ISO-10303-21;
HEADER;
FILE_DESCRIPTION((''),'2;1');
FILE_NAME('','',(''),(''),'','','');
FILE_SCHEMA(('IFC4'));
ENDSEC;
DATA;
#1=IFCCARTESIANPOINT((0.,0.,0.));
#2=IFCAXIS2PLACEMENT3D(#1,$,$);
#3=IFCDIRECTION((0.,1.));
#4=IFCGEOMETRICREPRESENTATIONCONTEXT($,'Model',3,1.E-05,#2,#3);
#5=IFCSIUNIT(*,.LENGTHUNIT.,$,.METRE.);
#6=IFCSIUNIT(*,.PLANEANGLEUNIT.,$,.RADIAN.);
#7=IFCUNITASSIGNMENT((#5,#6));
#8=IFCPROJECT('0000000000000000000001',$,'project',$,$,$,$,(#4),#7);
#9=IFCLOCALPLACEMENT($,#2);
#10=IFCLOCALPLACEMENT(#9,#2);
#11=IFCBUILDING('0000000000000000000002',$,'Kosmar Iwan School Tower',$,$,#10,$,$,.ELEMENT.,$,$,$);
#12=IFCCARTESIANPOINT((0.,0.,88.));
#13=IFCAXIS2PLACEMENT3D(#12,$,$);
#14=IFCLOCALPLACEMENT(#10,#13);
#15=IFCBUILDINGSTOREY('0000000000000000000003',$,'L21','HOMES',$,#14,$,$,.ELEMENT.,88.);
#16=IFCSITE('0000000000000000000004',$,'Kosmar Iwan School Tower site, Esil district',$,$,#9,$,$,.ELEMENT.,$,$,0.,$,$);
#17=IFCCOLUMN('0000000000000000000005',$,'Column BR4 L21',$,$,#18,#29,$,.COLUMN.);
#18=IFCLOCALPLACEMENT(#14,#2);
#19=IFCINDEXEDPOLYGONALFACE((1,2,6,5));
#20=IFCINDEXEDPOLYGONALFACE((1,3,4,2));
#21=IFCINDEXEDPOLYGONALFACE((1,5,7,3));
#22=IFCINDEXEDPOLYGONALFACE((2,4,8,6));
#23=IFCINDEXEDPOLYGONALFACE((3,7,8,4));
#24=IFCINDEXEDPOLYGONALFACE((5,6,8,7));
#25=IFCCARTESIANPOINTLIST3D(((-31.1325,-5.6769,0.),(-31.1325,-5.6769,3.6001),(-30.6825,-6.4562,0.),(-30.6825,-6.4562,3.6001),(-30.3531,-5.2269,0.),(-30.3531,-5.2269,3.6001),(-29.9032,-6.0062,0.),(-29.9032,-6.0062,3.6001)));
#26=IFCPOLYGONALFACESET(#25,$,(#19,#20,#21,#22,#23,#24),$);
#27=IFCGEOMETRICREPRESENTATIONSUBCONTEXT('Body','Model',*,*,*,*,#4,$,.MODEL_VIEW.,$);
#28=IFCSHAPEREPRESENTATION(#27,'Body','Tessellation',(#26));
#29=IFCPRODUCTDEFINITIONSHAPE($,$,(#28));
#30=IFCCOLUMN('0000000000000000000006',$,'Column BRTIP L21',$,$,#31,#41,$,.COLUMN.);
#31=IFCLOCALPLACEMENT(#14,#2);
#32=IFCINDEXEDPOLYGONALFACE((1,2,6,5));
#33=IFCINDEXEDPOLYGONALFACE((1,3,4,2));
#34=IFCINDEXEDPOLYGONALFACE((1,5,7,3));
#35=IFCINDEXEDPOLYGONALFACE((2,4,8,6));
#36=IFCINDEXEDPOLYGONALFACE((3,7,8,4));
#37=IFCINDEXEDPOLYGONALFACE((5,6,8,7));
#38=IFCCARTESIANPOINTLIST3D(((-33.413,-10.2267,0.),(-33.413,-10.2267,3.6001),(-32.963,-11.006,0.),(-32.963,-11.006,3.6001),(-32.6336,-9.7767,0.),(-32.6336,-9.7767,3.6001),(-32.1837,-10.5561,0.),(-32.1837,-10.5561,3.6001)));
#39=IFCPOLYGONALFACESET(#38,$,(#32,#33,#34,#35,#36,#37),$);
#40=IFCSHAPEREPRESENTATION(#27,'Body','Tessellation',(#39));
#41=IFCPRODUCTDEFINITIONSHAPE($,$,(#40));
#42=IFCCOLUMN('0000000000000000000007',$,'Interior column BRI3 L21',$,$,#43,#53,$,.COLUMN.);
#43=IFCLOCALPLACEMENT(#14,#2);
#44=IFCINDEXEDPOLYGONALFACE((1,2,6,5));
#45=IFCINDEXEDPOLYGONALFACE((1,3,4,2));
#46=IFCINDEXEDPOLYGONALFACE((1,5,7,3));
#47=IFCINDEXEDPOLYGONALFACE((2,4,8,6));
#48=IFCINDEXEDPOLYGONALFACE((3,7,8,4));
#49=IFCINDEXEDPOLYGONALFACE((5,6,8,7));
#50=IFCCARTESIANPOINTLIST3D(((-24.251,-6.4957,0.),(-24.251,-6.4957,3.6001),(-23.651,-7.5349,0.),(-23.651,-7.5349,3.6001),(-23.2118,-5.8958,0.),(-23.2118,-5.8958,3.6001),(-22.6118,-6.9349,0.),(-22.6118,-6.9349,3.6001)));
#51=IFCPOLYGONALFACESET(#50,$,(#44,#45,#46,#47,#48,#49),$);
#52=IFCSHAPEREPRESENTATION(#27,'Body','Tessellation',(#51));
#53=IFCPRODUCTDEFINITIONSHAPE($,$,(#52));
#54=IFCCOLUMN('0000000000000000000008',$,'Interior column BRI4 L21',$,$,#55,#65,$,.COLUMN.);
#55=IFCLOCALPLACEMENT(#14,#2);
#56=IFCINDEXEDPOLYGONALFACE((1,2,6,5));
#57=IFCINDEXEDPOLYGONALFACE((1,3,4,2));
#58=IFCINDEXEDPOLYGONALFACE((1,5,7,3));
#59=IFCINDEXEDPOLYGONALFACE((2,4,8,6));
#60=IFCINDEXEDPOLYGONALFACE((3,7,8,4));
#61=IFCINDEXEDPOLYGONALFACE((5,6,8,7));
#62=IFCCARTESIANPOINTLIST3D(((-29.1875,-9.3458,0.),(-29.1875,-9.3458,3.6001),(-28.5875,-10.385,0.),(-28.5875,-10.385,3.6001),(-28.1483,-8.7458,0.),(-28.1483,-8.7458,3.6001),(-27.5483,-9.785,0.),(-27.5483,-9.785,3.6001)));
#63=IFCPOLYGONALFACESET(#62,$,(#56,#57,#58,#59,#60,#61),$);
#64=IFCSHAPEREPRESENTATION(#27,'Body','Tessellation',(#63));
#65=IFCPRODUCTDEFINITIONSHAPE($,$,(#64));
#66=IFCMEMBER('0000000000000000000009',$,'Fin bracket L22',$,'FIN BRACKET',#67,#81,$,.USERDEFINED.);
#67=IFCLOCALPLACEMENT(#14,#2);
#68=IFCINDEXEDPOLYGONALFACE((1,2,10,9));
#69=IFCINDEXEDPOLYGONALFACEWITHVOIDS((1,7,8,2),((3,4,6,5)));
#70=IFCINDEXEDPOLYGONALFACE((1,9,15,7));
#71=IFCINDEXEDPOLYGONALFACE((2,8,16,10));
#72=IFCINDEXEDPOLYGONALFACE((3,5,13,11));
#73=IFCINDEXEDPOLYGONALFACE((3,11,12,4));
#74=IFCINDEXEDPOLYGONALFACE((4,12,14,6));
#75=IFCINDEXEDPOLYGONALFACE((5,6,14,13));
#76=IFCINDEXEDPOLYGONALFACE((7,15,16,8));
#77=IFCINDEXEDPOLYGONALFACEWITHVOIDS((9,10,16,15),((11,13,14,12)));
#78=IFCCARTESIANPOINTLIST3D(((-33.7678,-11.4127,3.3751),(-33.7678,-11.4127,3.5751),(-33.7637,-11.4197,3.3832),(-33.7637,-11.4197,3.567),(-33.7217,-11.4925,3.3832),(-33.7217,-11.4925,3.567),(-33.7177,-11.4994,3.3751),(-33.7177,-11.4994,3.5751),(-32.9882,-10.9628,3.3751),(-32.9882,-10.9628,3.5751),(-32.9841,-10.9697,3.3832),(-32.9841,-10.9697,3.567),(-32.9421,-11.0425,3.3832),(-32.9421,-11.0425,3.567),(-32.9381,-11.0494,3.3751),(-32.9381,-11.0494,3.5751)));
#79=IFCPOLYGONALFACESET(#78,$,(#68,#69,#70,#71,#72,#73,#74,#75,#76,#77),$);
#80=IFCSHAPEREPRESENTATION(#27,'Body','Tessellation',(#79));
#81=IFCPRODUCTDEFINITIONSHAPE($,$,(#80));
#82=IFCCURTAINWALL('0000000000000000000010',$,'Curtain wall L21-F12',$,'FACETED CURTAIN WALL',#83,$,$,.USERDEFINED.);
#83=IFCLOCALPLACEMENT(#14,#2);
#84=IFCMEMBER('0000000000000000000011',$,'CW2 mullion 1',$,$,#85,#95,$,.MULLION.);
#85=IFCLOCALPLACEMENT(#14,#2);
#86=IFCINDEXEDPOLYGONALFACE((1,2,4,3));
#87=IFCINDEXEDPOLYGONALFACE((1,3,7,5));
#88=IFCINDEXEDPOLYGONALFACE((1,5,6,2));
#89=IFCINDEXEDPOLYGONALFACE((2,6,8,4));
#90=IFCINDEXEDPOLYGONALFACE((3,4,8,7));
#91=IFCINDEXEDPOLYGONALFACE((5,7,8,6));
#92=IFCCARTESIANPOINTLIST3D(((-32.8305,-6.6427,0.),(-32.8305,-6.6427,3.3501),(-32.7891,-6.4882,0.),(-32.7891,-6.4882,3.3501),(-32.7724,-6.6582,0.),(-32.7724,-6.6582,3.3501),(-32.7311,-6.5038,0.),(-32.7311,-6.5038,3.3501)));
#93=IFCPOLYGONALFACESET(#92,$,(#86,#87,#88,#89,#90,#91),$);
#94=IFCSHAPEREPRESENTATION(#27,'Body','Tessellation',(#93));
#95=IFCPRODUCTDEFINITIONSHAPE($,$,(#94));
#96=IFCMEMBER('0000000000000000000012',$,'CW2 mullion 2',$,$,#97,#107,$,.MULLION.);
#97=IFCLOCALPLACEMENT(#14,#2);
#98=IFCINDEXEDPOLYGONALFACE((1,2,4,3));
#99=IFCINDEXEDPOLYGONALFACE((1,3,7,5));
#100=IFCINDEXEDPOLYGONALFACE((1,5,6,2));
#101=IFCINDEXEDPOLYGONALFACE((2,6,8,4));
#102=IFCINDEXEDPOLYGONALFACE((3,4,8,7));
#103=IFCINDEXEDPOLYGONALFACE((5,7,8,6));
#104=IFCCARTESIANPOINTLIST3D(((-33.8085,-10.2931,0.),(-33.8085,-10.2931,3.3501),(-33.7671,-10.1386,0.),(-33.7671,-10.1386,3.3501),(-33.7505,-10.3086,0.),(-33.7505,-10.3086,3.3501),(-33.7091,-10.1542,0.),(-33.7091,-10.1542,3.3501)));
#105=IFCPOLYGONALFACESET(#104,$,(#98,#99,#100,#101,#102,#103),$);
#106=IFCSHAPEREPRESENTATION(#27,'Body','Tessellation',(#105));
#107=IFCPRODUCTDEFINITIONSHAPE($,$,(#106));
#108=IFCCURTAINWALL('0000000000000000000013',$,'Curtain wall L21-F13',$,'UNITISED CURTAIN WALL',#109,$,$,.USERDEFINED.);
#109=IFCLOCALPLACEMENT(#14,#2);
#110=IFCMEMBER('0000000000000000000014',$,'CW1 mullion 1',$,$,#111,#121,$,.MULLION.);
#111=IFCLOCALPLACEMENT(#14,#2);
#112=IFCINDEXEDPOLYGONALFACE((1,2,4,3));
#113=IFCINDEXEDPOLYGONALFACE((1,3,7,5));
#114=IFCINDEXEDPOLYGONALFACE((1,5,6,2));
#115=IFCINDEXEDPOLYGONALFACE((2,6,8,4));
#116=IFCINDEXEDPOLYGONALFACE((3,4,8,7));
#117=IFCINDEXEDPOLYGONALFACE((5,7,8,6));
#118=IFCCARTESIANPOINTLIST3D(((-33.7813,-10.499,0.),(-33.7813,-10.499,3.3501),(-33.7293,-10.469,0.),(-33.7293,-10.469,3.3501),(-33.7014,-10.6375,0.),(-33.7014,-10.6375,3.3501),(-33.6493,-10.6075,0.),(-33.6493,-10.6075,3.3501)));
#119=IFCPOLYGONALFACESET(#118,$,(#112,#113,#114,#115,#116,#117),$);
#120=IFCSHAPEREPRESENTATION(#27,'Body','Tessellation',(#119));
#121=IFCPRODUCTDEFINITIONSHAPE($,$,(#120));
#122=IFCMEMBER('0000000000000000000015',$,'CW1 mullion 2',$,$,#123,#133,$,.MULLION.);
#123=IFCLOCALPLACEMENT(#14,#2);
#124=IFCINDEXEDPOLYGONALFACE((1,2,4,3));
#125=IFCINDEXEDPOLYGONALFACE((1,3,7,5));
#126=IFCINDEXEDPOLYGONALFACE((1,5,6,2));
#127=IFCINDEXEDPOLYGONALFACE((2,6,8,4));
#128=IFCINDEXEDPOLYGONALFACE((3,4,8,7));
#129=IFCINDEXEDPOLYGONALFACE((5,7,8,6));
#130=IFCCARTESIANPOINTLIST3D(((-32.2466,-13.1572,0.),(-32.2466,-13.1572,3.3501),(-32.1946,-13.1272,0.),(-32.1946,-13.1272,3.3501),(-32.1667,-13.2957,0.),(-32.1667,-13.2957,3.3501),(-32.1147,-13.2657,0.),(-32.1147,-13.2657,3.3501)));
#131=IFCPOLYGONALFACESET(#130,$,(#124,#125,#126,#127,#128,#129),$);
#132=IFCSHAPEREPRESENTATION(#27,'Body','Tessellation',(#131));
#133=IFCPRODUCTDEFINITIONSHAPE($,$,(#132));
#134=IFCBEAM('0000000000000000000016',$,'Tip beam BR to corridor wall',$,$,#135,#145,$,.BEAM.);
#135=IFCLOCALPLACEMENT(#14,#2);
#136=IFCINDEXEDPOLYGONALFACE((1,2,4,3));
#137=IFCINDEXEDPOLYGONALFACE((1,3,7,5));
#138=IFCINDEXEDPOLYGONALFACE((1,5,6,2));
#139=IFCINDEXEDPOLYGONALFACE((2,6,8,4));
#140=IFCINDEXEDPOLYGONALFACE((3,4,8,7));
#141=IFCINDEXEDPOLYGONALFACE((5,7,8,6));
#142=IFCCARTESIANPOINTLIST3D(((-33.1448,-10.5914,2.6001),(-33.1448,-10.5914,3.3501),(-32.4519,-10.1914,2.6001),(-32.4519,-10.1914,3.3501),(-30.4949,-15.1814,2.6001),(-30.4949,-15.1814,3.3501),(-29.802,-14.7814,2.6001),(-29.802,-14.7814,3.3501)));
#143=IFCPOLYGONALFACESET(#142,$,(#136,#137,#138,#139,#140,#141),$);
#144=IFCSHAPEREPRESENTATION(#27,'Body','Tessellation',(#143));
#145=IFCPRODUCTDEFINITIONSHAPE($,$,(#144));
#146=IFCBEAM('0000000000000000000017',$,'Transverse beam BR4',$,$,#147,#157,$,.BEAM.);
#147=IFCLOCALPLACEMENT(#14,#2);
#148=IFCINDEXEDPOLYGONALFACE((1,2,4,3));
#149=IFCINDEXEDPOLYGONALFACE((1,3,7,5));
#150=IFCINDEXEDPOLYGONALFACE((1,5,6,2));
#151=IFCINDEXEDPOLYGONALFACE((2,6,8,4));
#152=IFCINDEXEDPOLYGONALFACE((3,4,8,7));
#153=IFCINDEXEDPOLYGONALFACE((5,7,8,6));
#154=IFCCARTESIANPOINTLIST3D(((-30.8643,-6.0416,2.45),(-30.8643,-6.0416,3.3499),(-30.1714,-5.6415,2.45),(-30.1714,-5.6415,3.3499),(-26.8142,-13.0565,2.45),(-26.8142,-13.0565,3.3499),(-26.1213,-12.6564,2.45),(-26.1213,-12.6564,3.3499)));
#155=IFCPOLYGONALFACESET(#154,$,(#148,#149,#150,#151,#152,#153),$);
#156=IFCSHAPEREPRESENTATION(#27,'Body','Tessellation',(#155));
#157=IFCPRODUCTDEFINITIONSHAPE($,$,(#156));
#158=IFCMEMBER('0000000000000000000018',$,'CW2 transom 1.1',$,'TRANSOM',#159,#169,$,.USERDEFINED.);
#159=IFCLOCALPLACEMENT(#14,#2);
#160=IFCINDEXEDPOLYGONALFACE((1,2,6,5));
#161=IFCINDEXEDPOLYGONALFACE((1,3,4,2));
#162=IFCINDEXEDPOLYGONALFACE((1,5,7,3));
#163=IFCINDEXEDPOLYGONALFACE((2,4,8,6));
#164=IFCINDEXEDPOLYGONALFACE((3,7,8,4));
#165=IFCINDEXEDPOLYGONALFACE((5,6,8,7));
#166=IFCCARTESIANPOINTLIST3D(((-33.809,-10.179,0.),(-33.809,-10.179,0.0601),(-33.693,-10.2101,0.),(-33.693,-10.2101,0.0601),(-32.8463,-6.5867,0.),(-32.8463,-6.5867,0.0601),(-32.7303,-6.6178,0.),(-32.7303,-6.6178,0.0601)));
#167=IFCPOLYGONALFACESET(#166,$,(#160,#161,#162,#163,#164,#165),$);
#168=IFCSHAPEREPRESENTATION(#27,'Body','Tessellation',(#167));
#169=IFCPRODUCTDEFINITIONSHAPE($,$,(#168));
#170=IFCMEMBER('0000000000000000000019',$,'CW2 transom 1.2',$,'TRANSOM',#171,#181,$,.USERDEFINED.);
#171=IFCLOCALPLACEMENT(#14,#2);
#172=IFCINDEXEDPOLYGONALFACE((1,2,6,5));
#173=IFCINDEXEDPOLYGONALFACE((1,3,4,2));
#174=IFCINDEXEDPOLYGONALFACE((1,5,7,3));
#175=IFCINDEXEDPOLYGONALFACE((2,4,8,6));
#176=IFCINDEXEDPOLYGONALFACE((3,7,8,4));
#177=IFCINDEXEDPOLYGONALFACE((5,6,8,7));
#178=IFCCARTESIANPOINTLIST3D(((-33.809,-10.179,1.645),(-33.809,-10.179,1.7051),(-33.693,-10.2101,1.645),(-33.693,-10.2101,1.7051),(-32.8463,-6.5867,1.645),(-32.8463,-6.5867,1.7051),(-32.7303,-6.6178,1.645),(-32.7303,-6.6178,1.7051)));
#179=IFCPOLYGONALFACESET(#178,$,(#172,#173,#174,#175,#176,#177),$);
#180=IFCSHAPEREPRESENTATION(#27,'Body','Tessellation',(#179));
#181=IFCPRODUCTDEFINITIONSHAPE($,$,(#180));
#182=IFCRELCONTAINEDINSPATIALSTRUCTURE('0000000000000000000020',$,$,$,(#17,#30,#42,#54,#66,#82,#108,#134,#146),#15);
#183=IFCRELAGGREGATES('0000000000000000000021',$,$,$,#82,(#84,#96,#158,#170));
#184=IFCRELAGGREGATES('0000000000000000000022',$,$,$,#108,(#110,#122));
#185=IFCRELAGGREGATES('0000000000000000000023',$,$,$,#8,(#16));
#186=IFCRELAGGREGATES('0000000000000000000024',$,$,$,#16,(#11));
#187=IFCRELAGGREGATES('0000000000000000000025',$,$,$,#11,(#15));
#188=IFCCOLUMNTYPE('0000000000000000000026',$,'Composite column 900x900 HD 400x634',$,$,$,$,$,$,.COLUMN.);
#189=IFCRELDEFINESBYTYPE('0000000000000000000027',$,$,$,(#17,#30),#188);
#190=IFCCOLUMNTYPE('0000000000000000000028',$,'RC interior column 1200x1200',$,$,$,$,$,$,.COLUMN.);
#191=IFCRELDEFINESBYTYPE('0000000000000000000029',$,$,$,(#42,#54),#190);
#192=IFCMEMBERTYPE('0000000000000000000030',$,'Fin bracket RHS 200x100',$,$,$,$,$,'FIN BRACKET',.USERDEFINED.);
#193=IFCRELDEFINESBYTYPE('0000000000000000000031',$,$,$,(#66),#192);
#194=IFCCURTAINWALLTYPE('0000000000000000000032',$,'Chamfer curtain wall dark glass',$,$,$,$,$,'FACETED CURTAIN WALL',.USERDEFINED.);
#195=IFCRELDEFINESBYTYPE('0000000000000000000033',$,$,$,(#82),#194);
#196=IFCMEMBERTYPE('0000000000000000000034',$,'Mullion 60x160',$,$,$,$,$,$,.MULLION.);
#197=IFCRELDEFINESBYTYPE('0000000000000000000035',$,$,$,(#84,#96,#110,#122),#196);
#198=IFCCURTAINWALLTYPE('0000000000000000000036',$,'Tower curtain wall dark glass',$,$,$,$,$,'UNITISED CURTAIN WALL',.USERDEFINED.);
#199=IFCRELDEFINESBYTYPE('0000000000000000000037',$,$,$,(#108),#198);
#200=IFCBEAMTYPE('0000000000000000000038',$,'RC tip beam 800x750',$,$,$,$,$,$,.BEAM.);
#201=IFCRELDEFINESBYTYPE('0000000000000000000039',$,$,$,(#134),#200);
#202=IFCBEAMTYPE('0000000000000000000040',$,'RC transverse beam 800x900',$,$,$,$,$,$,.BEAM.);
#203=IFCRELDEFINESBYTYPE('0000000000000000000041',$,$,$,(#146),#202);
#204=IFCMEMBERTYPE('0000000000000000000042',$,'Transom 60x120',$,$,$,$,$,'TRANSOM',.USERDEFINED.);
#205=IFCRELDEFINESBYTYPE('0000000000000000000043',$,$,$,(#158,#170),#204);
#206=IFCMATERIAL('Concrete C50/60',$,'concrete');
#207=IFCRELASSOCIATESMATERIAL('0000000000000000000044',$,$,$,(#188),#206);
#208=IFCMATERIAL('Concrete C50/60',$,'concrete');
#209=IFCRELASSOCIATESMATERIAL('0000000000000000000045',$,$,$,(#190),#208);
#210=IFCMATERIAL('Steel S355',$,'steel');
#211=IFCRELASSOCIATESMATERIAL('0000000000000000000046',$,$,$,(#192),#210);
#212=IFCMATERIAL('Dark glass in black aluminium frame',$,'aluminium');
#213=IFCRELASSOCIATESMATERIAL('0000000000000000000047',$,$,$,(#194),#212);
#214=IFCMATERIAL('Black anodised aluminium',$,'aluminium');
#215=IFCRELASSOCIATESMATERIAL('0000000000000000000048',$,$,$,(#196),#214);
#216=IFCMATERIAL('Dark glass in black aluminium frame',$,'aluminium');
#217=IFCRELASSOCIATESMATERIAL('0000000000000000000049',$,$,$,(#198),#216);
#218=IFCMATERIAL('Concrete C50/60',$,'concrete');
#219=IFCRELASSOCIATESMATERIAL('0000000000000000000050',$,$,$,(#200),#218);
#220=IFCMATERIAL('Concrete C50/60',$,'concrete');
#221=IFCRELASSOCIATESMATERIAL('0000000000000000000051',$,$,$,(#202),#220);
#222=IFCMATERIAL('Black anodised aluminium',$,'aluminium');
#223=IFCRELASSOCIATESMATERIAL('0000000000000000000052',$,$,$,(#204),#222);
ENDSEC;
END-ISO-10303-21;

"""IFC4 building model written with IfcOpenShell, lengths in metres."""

from ifc_helpers import new_model, si_unit, direction, frame, origin, origin_2d, place, context, subcontext, project, spatial, rectangle, hollow_rectangle, extrude, material, material_profile, profile_set, type_object, element, aggregate, save


model = new_model("IFC4")

# Units and contexts
model_context = context("Model", 3, precision=1e-05, world=origin(), true_north=direction((0.0, 1.0)))
body_context = subcontext(model_context, "Body", "Model", "MODEL_VIEW")
ifc_project = project(units=[si_unit("LENGTHUNIT", "METRE"), si_unit("PLANEANGLEUNIT", "RADIAN")], contexts=[model_context])

# Site, building, storey
site_placement = place(None, origin())
site = spatial("IfcSite", under=ifc_project, at=site_placement, Name="Kosmar Iwan School Tower site, Esil district", CompositionType="ELEMENT", RefElevation=0.0)
building_placement = place(site_placement, origin())
building = spatial("IfcBuilding", under=site, at=building_placement, Name="Kosmar Iwan School Tower", CompositionType="ELEMENT")
storey_placement = place(building_placement, frame((0.0, 0.0, 88.0)))
storey = spatial("IfcBuildingStorey", under=building, at=storey_placement, Name="L21", Description="HOMES", CompositionType="ELEMENT", Elevation=88.0)

# Columns
ifc_material_1 = material(Name="Concrete C50/60", Category="concrete")
ifc_material_profile_1 = material_profile(ifc_material_1, rectangle(XDim=0.8999, YDim=0.8999, at=origin_2d()), Name="RC 900x900 + HD 400x634")
ifc_profile_set_1 = profile_set([ifc_material_profile_1], Name="Concrete C50/60")
column_type_1 = type_object("IfcColumnType", Name="Composite column 900x900 HD 400x634", PredefinedType="COLUMN", material=ifc_profile_set_1)
for number, where, z_axis, x_axis, name in (
    (1, (-30.5178, -5.8416, 0.0), (0.0, 0.0, 1.0), (-0.866025, -0.5, 0.0), "Column BR4 L21"),
    (2, (-32.7983, -10.3914, 0.0), (0.0, 0.0, 1.0), (-0.866025, -0.5, 0.0), "Column BRTIP L21"),
):
    element("IfcColumn", number, at=place(storey_placement, frame(where, z_axis=z_axis, x_axis=x_axis)), inside=storey, type_object=column_type_1, Name=name, PredefinedType="COLUMN", context=body_context, shape_type="SweptSolid", body=[
        extrude(rectangle(XDim=0.8999, YDim=0.8999, at=origin_2d()), origin(), (0.0, 0.0, 1.0), 3.6001),
    ])
ifc_material_2 = material(Name="Concrete C50/60", Category="concrete")
ifc_material_profile_2 = material_profile(ifc_material_2, rectangle(XDim=1.2, YDim=1.2, at=origin_2d()), Name="RC 1200x1200")
ifc_profile_set_2 = profile_set([ifc_material_profile_2], Name="Concrete C50/60")
column_type_2 = type_object("IfcColumnType", Name="RC interior column 1200x1200", PredefinedType="COLUMN", material=ifc_profile_set_2)
for number, where, z_axis, x_axis, name in (
    (3, (-23.4314, -6.7153, 0.0), (0.0, 0.0, 1.0), (-0.866025, -0.5, 0.0), "Interior column BRI3 L21"),
    (4, (-28.3679, -9.5654, 0.0), (0.0, 0.0, 1.0), (-0.866025, -0.5, 0.0), "Interior column BRI4 L21"),
):
    element("IfcColumn", number, at=place(storey_placement, frame(where, z_axis=z_axis, x_axis=x_axis)), inside=storey, type_object=column_type_2, Name=name, PredefinedType="COLUMN", context=body_context, shape_type="SweptSolid", body=[
        extrude(rectangle(XDim=1.2, YDim=1.2, at=origin_2d()), origin(), (0.0, 0.0, 1.0), 3.6001),
    ])

# Member
ifc_material_3 = material(Name="Steel S355", Category="steel")
ifc_material_profile_3 = material_profile(ifc_material_3, hollow_rectangle(XDim=0.1001, YDim=0.2, WallThickness=0.0081, at=origin_2d()), Name="RHS 200x100x8")
ifc_profile_set_3 = profile_set([ifc_material_profile_3], Name="Steel S355")
member_type_1 = type_object("IfcMemberType", Name="Fin bracket RHS 200x100", ElementType="FIN BRACKET", PredefinedType="USERDEFINED", material=ifc_profile_set_3)
member_1_placement = place(storey_placement, frame((-32.9631, -11.0061, 3.4751), z_axis=(-0.866082, -0.499902, 0.0), x_axis=(0.499902, -0.866082, 0.0)))
element("IfcMember", 5, at=member_1_placement, inside=storey, type_object=member_type_1, Name="Fin bracket L22", ObjectType="FIN BRACKET", PredefinedType="USERDEFINED", context=body_context, shape_type="SweptSolid", body=[
    extrude(hollow_rectangle(XDim=0.1001, YDim=0.2, WallThickness=0.0081, at=origin_2d()), origin(), (0.0, 0.0, 1.0), 0.9001),
])

# Curtain walls, members
ifc_material_4 = material(Name="Dark glass in black aluminium frame", Category="aluminium")
curtain_wall_type_1 = type_object("IfcCurtainWallType", Name="Chamfer curtain wall dark glass", ElementType="FACETED CURTAIN WALL", PredefinedType="USERDEFINED", material=ifc_material_4)
curtain_wall_1_placement = place(storey_placement, origin())
curtain_wall_1 = element("IfcCurtainWall", 6, at=curtain_wall_1_placement, inside=storey, type_object=curtain_wall_type_1, Name="Curtain wall L21-F12", ObjectType="FACETED CURTAIN WALL", PredefinedType="USERDEFINED")
ifc_material_5 = material(Name="Black anodised aluminium", Category="aluminium")
ifc_material_profile_4 = material_profile(ifc_material_5, rectangle(XDim=0.0601, YDim=0.1599, at=origin_2d()), Name="MULLION 60x160")
ifc_profile_set_4 = profile_set([ifc_material_profile_4], Name="Black anodised aluminium")
member_type_2 = type_object("IfcMemberType", Name="Mullion 60x160", PredefinedType="MULLION", material=ifc_profile_set_4)
member_2_placement = place(storey_placement, frame((-32.7808, -6.5732, 0.0), z_axis=(0.0, 0.0, 1.0), x_axis=(0.965926, -0.258819, 0.0)))
member_2 = element("IfcMember", 7, at=member_2_placement, type_object=member_type_2, Name="CW2 mullion 1", PredefinedType="MULLION", context=body_context, shape_type="SweptSolid", body=[
    extrude(rectangle(XDim=0.0601, YDim=0.1599, at=origin_2d()), origin(), (0.0, 0.0, 1.0), 3.3501),
])
member_3_placement = place(storey_placement, frame((-33.7588, -10.2236, 0.0), z_axis=(0.0, 0.0, 1.0), x_axis=(0.965926, -0.258819, 0.0)))
member_3 = element("IfcMember", 8, at=member_3_placement, type_object=member_type_2, Name="CW2 mullion 2", PredefinedType="MULLION", context=body_context, shape_type="SweptSolid", body=[
    extrude(rectangle(XDim=0.0601, YDim=0.1599, at=origin_2d()), origin(), (0.0, 0.0, 1.0), 3.3501),
])
ifc_material_6 = material(Name="Dark glass in black aluminium frame", Category="aluminium")
curtain_wall_type_2 = type_object("IfcCurtainWallType", Name="Tower curtain wall dark glass", ElementType="UNITISED CURTAIN WALL", PredefinedType="USERDEFINED", material=ifc_material_6)
curtain_wall_2_placement = place(storey_placement, origin())
curtain_wall_2 = element("IfcCurtainWall", 9, at=curtain_wall_2_placement, inside=storey, type_object=curtain_wall_type_2, Name="Curtain wall L21-F13", ObjectType="UNITISED CURTAIN WALL", PredefinedType="USERDEFINED")
member_4_placement = place(storey_placement, frame((-33.7153, -10.5532, 0.0), z_axis=(0.0, 0.0, 1.0), x_axis=(0.866025, 0.5, 0.0)))
member_4 = element("IfcMember", 10, at=member_4_placement, type_object=member_type_2, Name="CW1 mullion 1", PredefinedType="MULLION", context=body_context, shape_type="SweptSolid", body=[
    extrude(rectangle(XDim=0.0601, YDim=0.1599, at=origin_2d()), origin(), (0.0, 0.0, 1.0), 3.3501),
])
member_5_placement = place(storey_placement, frame((-32.1807, -13.2114, 0.0), z_axis=(0.0, 0.0, 1.0), x_axis=(0.866025, 0.5, 0.0)))
member_5 = element("IfcMember", 11, at=member_5_placement, type_object=member_type_2, Name="CW1 mullion 2", PredefinedType="MULLION", context=body_context, shape_type="SweptSolid", body=[
    extrude(rectangle(XDim=0.0601, YDim=0.1599, at=origin_2d()), origin(), (0.0, 0.0, 1.0), 3.3501),
])

# Beams
ifc_material_7 = material(Name="Concrete C50/60", Category="concrete")
ifc_material_profile_5 = material_profile(ifc_material_7, rectangle(XDim=0.8, YDim=0.75, at=origin_2d()), Name="RC 800x750")
ifc_profile_set_5 = profile_set([ifc_material_profile_5], Name="Concrete C50/60")
beam_type_1 = type_object("IfcBeamType", Name="RC tip beam 800x750", PredefinedType="BEAM", material=ifc_profile_set_5)
beam_1_placement = place(storey_placement, frame((-32.7983, -10.3914, 2.9751), z_axis=(0.499974, -0.866041, 0.0), x_axis=(0.866041, 0.499974, 0.0)))
element("IfcBeam", 12, at=beam_1_placement, inside=storey, type_object=beam_type_1, Name="Tip beam BR to corridor wall", PredefinedType="BEAM", context=body_context, shape_type="SweptSolid", body=[
    extrude(rectangle(XDim=0.8, YDim=0.75, at=origin_2d()), origin(), (0.0, 0.0, 1.0), 5.3),
])
ifc_material_8 = material(Name="Concrete C50/60", Category="concrete")
ifc_material_profile_6 = material_profile(ifc_material_8, rectangle(XDim=0.8, YDim=0.8999, at=origin_2d()), Name="RC 800x900")
ifc_profile_set_6 = profile_set([ifc_material_profile_6], Name="Concrete C50/60")
beam_type_2 = type_object("IfcBeamType", Name="RC transverse beam 800x900", PredefinedType="BEAM", material=ifc_profile_set_6)
beam_2_placement = place(storey_placement, frame((-30.5178, -5.8416, 2.8999), z_axis=(0.5, -0.866025, 0.0), x_axis=(0.866025, 0.5, 0.0)))
element("IfcBeam", 13, at=beam_2_placement, inside=storey, type_object=beam_type_2, Name="Transverse beam BR4", PredefinedType="BEAM", context=body_context, shape_type="SweptSolid", body=[
    extrude(rectangle(XDim=0.8, YDim=0.8999, at=origin_2d()), origin(), (0.0, 0.0, 1.0), 8.1001),
])

# Members
ifc_material_9 = material(Name="Black anodised aluminium", Category="aluminium")
ifc_material_profile_7 = material_profile(ifc_material_9, rectangle(XDim=0.1201, YDim=0.0601, at=origin_2d()), Name="TRANSOM 60x120")
ifc_profile_set_7 = profile_set([ifc_material_profile_7], Name="Black anodised aluminium")
member_type_3 = type_object("IfcMemberType", Name="Transom 60x120", ElementType="TRANSOM", PredefinedType="USERDEFINED", material=ifc_profile_set_7)
member_6_placement = place(storey_placement, frame((-32.7883, -6.6023, 0.03), z_axis=(-0.258843, -0.965919, 0.0), x_axis=(0.965919, -0.258843, 0.0)))
member_6 = element("IfcMember", 14, at=member_6_placement, type_object=member_type_3, Name="CW2 transom 1.1", ObjectType="TRANSOM", PredefinedType="USERDEFINED", context=body_context, shape_type="SweptSolid", body=[
    extrude(rectangle(XDim=0.1201, YDim=0.0601, at=origin_2d()), origin(), (0.0, 0.0, 1.0), 3.719),
])
member_7_placement = place(storey_placement, frame((-32.7883, -6.6023, 1.675), z_axis=(-0.258843, -0.965919, 0.0), x_axis=(0.965919, -0.258843, 0.0)))
member_7 = element("IfcMember", 15, at=member_7_placement, type_object=member_type_3, Name="CW2 transom 1.2", ObjectType="TRANSOM", PredefinedType="USERDEFINED", context=body_context, shape_type="SweptSolid", body=[
    extrude(rectangle(XDim=0.1201, YDim=0.0601, at=origin_2d()), origin(), (0.0, 0.0, 1.0), 3.719),
])

aggregate(curtain_wall_1, [member_2, member_3, member_6, member_7])
aggregate(curtain_wall_2, [member_4, member_5])

save(model, "model.ifc")
